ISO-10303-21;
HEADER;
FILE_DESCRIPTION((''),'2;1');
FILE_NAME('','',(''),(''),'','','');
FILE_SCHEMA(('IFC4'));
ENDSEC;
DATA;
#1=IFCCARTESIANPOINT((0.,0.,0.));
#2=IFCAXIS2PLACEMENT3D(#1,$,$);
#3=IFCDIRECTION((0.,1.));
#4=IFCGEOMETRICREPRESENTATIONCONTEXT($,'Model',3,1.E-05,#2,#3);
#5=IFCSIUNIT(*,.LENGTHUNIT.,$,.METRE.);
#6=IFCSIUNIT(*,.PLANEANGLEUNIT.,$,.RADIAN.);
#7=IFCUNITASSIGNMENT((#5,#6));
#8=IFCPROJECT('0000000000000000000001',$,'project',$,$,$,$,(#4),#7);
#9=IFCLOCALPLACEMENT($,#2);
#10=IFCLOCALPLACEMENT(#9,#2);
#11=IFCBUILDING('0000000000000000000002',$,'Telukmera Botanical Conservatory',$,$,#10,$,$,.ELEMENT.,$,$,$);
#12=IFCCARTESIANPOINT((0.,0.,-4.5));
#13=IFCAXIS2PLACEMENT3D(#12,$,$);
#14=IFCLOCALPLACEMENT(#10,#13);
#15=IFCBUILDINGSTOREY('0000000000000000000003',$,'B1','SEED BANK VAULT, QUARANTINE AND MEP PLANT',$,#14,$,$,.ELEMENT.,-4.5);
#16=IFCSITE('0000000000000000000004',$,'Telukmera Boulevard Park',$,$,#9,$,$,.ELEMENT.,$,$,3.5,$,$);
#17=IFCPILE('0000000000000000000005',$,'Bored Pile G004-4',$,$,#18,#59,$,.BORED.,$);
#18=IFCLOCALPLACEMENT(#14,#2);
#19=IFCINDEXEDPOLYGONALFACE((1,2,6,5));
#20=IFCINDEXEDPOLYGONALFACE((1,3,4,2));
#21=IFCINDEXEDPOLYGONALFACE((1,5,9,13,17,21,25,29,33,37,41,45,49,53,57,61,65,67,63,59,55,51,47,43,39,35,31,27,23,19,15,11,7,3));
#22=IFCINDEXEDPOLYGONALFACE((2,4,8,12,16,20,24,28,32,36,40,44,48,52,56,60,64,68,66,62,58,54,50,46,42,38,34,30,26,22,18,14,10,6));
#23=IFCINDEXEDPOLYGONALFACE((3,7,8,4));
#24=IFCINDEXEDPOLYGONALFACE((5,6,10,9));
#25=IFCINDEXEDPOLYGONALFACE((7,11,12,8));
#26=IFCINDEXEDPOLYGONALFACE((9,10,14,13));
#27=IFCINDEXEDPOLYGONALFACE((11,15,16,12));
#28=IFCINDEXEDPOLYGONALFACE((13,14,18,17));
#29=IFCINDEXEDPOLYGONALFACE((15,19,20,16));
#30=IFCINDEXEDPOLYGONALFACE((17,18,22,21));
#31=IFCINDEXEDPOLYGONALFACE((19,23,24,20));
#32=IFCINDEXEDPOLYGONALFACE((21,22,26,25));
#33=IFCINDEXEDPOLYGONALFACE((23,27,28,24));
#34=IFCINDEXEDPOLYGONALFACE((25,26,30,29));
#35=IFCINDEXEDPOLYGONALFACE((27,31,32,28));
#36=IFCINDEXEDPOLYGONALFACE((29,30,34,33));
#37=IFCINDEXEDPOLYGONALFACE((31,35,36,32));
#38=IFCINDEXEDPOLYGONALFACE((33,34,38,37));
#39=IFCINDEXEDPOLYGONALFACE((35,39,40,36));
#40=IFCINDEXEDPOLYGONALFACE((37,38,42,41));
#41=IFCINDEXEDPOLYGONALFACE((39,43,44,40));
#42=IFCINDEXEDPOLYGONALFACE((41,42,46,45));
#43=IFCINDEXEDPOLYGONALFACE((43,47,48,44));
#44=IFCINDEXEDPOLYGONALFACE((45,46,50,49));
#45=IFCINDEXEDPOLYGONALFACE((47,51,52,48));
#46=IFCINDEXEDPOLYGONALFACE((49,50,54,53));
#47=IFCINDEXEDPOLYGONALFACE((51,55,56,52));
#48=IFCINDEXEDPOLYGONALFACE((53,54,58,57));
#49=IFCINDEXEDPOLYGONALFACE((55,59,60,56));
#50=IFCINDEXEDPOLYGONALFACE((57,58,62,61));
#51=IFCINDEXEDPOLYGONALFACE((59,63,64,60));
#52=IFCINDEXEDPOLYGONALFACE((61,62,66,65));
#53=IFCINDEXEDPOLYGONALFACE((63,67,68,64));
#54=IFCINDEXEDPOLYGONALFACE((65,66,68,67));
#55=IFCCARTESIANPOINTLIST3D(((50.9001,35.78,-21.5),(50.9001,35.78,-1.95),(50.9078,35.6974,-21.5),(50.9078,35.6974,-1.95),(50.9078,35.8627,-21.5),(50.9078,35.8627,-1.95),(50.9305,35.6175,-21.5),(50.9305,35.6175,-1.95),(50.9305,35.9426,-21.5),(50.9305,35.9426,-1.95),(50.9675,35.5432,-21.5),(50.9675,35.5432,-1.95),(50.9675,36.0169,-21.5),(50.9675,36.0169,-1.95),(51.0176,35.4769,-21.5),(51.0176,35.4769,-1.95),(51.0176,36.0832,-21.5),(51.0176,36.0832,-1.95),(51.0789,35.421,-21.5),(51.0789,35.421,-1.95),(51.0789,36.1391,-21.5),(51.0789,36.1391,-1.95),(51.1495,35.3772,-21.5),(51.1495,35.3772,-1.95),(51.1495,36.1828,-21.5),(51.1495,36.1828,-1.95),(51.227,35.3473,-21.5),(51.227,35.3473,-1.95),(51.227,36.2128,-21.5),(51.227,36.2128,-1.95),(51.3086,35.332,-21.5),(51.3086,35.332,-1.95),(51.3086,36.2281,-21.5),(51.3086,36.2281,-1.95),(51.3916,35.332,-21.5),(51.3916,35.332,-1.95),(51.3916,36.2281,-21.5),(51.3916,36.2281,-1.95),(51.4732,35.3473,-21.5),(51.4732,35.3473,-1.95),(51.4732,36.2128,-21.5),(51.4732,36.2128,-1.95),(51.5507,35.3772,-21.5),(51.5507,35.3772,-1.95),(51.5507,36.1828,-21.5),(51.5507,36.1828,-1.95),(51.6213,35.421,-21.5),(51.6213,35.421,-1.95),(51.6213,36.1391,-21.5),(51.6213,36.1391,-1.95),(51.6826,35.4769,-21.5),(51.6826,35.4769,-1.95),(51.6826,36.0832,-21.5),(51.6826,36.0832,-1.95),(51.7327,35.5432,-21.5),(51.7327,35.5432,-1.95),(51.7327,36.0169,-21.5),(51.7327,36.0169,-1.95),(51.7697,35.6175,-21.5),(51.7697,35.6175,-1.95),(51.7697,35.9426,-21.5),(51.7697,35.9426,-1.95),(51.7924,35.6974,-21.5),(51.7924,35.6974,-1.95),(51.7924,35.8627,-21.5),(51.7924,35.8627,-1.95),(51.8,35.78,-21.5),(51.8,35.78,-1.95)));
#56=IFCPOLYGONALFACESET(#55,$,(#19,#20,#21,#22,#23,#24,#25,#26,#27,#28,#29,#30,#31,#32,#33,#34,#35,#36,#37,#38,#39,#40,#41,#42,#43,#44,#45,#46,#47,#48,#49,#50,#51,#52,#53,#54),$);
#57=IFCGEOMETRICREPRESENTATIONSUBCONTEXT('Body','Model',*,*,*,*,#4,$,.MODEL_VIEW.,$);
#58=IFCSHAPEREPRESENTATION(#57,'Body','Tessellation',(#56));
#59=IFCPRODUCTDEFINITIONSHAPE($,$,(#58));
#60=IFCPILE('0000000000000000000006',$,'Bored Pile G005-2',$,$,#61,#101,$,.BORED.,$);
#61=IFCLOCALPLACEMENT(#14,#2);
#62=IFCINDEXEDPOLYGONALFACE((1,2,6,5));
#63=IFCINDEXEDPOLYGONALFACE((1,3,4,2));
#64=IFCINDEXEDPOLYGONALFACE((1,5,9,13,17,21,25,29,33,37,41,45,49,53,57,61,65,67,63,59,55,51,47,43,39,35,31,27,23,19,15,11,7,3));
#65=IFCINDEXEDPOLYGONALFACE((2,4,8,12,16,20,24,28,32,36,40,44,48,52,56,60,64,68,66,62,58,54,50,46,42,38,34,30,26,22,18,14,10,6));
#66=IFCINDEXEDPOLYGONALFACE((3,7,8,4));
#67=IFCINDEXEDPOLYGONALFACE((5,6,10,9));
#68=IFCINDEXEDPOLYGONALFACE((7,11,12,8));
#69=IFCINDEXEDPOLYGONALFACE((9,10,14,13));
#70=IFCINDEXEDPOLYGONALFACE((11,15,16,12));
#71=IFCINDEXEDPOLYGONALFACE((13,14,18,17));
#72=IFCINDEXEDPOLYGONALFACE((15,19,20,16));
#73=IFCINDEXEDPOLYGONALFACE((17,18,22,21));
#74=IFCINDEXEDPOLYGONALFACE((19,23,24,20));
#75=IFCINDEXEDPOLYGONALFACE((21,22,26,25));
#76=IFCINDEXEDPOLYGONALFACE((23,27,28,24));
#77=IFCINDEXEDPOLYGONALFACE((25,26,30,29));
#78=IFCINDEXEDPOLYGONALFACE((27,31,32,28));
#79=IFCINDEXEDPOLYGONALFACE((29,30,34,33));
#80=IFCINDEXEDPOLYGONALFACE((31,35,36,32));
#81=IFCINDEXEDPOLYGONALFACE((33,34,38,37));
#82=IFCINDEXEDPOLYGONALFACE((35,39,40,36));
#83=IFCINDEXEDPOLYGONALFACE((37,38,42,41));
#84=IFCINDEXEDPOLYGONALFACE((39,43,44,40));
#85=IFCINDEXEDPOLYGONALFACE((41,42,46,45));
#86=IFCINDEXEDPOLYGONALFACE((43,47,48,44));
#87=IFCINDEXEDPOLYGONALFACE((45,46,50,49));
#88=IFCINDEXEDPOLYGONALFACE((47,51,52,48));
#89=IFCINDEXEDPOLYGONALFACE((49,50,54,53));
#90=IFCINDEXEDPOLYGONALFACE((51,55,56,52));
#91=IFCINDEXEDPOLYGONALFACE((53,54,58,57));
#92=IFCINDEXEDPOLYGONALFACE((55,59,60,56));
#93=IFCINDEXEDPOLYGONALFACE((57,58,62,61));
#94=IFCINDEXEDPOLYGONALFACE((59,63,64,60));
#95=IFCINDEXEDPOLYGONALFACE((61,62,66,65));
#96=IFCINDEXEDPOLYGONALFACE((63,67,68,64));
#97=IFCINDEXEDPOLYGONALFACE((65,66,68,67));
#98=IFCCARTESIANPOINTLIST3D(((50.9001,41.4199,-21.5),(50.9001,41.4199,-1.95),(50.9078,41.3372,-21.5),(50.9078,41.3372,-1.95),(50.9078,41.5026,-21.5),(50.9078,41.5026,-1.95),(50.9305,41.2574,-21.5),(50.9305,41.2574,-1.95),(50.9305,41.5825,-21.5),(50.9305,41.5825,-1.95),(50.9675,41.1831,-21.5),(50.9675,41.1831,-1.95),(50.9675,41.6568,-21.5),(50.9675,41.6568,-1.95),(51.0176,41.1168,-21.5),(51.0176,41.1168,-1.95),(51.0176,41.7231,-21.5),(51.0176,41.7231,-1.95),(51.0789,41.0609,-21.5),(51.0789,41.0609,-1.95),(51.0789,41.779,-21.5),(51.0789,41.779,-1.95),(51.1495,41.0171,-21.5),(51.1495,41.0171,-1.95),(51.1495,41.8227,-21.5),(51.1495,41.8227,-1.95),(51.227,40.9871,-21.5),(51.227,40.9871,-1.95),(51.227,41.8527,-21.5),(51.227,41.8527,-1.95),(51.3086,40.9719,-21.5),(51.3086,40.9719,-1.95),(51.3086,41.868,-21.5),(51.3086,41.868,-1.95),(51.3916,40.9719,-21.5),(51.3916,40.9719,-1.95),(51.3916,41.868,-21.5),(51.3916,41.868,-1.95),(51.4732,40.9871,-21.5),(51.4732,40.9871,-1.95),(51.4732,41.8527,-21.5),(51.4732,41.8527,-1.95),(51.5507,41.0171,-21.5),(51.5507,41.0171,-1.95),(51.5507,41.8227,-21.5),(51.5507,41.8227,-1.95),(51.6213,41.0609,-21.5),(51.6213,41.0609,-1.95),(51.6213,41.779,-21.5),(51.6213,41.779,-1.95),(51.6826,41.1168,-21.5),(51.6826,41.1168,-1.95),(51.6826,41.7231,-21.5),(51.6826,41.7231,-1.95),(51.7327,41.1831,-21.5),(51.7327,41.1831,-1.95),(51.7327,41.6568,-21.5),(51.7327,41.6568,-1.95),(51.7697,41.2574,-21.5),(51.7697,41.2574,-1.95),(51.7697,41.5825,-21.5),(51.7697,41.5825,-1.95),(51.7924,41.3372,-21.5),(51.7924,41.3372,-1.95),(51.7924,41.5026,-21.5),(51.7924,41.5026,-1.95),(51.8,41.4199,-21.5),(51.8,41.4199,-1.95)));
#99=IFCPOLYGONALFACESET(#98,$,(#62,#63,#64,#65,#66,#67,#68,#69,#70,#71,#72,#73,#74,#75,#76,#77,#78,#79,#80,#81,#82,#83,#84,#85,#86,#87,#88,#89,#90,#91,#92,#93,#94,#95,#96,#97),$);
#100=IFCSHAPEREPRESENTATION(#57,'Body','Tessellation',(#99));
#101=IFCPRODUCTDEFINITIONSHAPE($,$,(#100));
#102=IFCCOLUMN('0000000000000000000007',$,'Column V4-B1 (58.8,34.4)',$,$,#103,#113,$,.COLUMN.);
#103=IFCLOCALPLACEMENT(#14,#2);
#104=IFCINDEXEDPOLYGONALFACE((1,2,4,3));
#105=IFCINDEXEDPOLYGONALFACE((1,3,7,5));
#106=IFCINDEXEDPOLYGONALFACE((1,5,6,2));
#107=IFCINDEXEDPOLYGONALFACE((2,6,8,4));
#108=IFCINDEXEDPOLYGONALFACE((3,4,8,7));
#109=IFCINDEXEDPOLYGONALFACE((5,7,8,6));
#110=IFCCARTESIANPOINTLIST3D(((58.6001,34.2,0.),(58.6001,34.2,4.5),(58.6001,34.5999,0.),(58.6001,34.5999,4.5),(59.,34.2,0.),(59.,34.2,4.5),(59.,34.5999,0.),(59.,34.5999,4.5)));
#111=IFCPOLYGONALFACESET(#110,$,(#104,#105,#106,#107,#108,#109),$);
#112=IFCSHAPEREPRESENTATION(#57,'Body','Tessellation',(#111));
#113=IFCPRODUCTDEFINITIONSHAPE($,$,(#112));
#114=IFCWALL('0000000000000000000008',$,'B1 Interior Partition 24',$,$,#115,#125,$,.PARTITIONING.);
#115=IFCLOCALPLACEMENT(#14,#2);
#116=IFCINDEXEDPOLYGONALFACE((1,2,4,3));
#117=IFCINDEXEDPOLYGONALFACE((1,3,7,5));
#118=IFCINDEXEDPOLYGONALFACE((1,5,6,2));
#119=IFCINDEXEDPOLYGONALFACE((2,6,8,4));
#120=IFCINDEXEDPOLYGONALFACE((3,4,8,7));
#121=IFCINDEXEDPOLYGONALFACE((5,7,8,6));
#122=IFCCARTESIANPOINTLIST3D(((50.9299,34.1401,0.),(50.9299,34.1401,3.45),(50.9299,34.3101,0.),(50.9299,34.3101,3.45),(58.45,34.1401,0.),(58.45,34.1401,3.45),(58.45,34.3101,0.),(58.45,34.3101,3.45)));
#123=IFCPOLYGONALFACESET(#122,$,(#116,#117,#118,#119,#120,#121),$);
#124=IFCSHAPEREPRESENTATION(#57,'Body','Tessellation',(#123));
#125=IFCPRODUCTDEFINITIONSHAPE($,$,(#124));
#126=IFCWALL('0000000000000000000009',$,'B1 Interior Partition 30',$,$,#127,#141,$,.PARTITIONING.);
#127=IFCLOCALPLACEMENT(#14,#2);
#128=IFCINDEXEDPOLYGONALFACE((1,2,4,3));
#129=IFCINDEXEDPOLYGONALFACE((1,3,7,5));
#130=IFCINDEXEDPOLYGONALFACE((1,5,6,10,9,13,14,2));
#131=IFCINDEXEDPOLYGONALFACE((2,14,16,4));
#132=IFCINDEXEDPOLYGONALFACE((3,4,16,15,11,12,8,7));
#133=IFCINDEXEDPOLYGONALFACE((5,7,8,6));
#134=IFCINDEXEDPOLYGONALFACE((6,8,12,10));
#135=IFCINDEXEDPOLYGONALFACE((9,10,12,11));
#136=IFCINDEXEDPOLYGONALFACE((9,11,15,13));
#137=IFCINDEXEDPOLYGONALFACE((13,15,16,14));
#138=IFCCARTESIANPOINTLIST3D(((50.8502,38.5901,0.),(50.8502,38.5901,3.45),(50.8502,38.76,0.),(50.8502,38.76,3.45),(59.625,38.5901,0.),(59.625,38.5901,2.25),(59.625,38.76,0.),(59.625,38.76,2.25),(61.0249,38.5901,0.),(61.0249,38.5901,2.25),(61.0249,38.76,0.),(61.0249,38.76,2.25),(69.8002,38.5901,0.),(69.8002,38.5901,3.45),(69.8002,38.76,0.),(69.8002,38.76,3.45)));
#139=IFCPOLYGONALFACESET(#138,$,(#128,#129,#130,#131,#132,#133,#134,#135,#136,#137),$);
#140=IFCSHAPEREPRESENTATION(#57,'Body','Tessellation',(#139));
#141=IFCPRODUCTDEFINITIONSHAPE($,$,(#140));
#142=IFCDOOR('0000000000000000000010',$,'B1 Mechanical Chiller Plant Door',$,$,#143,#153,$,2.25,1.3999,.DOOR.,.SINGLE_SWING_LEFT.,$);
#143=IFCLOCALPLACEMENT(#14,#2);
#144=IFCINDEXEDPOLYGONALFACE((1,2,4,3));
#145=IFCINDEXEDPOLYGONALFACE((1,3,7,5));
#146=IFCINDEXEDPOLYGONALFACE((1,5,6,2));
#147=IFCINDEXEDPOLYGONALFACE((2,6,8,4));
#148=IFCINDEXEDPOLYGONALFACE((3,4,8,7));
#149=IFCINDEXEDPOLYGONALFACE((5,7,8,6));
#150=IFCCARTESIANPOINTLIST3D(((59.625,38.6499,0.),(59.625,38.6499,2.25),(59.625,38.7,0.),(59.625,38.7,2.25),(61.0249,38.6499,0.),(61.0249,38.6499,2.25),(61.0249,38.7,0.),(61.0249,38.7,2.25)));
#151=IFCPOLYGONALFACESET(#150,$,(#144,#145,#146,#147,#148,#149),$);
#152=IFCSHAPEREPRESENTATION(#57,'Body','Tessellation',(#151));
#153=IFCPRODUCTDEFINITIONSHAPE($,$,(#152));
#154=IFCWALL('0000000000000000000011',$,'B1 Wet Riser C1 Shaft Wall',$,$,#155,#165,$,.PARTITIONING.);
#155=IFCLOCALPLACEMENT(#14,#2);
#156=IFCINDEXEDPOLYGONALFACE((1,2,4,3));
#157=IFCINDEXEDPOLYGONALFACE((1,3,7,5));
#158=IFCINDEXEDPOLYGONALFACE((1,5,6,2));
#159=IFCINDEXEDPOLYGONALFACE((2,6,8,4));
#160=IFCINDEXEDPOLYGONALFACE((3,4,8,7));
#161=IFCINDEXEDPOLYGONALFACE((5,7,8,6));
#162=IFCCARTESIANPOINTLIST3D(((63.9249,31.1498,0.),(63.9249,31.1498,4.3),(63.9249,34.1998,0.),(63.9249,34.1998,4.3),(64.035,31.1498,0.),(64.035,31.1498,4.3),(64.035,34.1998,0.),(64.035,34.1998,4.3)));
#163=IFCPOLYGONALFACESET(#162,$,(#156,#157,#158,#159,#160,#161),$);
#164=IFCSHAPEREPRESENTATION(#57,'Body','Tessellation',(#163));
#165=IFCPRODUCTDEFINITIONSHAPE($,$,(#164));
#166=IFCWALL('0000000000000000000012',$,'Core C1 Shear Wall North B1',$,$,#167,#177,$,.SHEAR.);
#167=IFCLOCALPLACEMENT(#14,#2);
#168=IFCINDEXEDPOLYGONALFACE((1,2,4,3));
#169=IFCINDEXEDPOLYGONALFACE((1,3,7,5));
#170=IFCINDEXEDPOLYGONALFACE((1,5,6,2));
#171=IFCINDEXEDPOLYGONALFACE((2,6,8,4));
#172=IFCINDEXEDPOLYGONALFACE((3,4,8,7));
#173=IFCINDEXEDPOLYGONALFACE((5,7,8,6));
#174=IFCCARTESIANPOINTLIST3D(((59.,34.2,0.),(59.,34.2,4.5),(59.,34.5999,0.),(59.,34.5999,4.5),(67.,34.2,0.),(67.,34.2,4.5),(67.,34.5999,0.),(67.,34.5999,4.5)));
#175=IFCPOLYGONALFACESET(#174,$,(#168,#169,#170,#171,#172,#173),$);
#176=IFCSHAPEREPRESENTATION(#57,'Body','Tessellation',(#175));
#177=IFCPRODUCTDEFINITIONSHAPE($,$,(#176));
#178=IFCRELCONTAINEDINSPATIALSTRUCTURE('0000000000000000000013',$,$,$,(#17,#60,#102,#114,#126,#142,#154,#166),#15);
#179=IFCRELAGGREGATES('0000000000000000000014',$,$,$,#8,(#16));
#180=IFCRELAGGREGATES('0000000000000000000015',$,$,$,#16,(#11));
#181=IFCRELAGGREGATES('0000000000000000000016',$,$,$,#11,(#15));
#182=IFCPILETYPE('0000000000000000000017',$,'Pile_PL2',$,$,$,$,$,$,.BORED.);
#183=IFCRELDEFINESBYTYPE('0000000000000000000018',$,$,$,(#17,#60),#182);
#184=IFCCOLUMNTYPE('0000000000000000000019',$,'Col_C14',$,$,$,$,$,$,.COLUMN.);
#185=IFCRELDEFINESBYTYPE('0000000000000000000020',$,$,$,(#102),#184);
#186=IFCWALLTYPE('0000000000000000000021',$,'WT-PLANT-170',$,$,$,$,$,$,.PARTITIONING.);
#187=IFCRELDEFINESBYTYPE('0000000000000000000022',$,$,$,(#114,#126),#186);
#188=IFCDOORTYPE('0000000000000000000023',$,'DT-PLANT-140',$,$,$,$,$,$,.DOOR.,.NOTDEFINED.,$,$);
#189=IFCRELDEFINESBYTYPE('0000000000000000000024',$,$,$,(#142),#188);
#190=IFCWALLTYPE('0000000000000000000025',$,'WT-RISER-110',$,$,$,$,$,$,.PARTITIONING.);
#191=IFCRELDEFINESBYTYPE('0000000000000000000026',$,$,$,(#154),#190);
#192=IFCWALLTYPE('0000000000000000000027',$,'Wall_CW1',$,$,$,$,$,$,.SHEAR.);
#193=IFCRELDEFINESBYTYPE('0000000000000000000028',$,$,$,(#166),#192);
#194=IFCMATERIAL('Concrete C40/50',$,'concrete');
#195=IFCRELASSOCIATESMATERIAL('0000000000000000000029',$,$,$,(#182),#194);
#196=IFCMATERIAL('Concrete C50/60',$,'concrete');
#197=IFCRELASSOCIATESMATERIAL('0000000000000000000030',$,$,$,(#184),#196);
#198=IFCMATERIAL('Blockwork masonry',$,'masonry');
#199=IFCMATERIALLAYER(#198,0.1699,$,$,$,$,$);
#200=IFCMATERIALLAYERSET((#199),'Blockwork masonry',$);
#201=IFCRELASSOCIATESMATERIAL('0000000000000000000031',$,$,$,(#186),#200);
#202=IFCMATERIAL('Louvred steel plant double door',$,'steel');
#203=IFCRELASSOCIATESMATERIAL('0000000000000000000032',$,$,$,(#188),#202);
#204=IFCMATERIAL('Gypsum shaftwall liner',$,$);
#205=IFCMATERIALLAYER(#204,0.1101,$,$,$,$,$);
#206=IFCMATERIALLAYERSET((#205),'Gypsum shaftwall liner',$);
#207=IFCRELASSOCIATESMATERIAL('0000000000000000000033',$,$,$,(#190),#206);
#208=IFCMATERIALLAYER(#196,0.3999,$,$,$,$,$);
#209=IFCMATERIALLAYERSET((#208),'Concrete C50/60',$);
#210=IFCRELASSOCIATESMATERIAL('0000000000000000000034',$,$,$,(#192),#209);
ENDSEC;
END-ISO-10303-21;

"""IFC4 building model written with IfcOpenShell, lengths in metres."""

from ifc_helpers import new_model, si_unit, direction, frame, frame_2d, origin, origin_2d, place, context, subcontext, project, spatial, rectangle, circle, extrude, material, layer, layer_set, material_profile, profile_set, type_object, element, fill, save


model = new_model("IFC4")

# Units and contexts
model_context = context("Model", 3, precision=1e-05, world=origin(), true_north=direction((0.0, 1.0)))
body_context = subcontext(model_context, "Body", "Model", "MODEL_VIEW")
ifc_project = project(units=[si_unit("LENGTHUNIT", "METRE"), si_unit("PLANEANGLEUNIT", "RADIAN")], contexts=[model_context])

# Site, building, storey
site_placement = place(None, origin())
site = spatial("IfcSite", under=ifc_project, at=site_placement, Name="Telukmera Boulevard Park", CompositionType="ELEMENT", RefElevation=3.5)
building_placement = place(site_placement, origin())
building = spatial("IfcBuilding", under=site, at=building_placement, Name="Telukmera Botanical Conservatory", CompositionType="ELEMENT")
storey_placement = place(building_placement, frame((0.0, 0.0, -4.5)))
storey = spatial("IfcBuildingStorey", under=building, at=storey_placement, Name="B1", Description="SEED BANK VAULT, QUARANTINE AND MEP PLANT", CompositionType="ELEMENT", Elevation=-4.5)

# Shared definitions
ifc_material_1 = material(Name="Concrete C40/50", Category="concrete")

# Piles
ifc_material_profile_1 = material_profile(ifc_material_1, circle(Radius=0.45, at=origin_2d()), Name="PILE D900")
ifc_profile_set_1 = profile_set([ifc_material_profile_1], Name="Concrete C40/50")
pile_type_1 = type_object("IfcPileType", Name="Pile_PL2", PredefinedType="BORED", material=ifc_profile_set_1)
for number, where, z_axis, x_axis, name in (
    (1, (51.3501, 35.78, -1.95), (0.0, 0.0, -1.0), (1.0, 0.0, 0.0), "Bored Pile G004-4"),
    (2, (51.3501, 41.4199, -1.95), (0.0, 0.0, -1.0), (1.0, 0.0, 0.0), "Bored Pile G005-2"),
):
    element("IfcPile", number, at=place(storey_placement, frame(where, z_axis=z_axis, x_axis=x_axis)), inside=storey, type_object=pile_type_1, Name=name, PredefinedType="BORED", context=body_context, shape_type="SweptSolid", body=[
        extrude(circle(Radius=0.45, at=origin_2d()), origin(), (0.0, 0.0, 1.0), 19.55),
    ])

# Column
ifc_material_2 = material(Name="Concrete C50/60", Category="concrete")
ifc_material_profile_2 = material_profile(ifc_material_2, rectangle(XDim=0.3999, YDim=0.3999, at=origin_2d()), Name="RC 400x400")
ifc_profile_set_2 = profile_set([ifc_material_profile_2], Name="Concrete C50/60")
column_type = type_object("IfcColumnType", Name="Col_C14", PredefinedType="COLUMN", material=ifc_profile_set_2)
column_placement = place(storey_placement, frame((58.8, 34.3999, 0.0), z_axis=(0.0, 0.0, 1.0), x_axis=(1.0, 0.0, 0.0)))
element("IfcColumn", 3, at=column_placement, inside=storey, type_object=column_type, Name="Column V4-B1 (58.8,34.4)", PredefinedType="COLUMN", context=body_context, shape_type="SweptSolid", body=[
    extrude(rectangle(XDim=0.3999, YDim=0.3999, at=origin_2d()), origin(), (0.0, 0.0, 1.0), 4.5),
])

# Wall
ifc_material_3 = material(Name="Blockwork masonry", Category="masonry")
ifc_layer_1 = layer(ifc_material_3, 0.1699)
ifc_layer_set_1 = layer_set([ifc_layer_1], Name="Blockwork masonry")
wall_type_1 = type_object("IfcWallType", Name="WT-PLANT-170", PredefinedType="PARTITIONING", material=ifc_layer_set_1)
wall_1_placement = place(storey_placement, frame((50.9299, 34.2251, 0.0), z_axis=(0.0, 0.0, 1.0), x_axis=(1.0, 0.0, 0.0)))
element("IfcWall", 4, at=wall_1_placement, inside=storey, type_object=wall_type_1, Name="B1 Interior Partition 24", PredefinedType="PARTITIONING", context=body_context, shape_type="SweptSolid", body=[
    extrude(rectangle(XDim=7.52, YDim=0.1699, at=frame_2d((3.76, 0.0))), origin(), (0.0, 0.0, 1.0), 3.45),
])

# Wall, opening, door
wall_2_placement = place(storey_placement, frame((50.8501, 38.675, 0.0), z_axis=(0.0, 0.0, 1.0), x_axis=(1.0, 0.0, 0.0)))
wall_2 = element("IfcWall", 5, at=wall_2_placement, inside=storey, type_object=wall_type_1, Name="B1 Interior Partition 30", PredefinedType="PARTITIONING", context=body_context, shape_type="SweptSolid", body=[
    extrude(rectangle(XDim=18.95, YDim=0.1699, at=frame_2d((9.4751, 0.0))), origin(), (0.0, 0.0, 1.0), 3.45),
])
opening_1_placement = place(wall_2_placement, frame((8.7749, 0.0, 0.0)))
opening_1 = element("IfcOpeningElement", 6, at=opening_1_placement, cuts=wall_2, PredefinedType="OPENING", context=body_context, shape_type="SweptSolid", body=[
    extrude(rectangle(XDim=1.3999, YDim=2.25, at=frame_2d((0.7, 1.125))), frame((0.0, 0.095, 0.0), z_axis=(0.0, -1.0, 0.0), x_axis=(1.0, 0.0, 0.0)), (0.0, 0.0, 1.0), 0.1899),
])
ifc_material_4 = material(Name="Louvred steel plant double door", Category="steel")
door_type_1 = type_object("IfcDoorType", Name="DT-PLANT-140", OperationType="NOTDEFINED", PredefinedType="DOOR", material=ifc_material_4)
door_1_placement = place(opening_1_placement, origin())
door_1 = element("IfcDoor", 7, at=door_1_placement, inside=storey, type_object=door_type_1, Name="B1 Mechanical Chiller Plant Door", OperationType="SINGLE_SWING_LEFT", OverallHeight=2.25, OverallWidth=1.3999, PredefinedType="DOOR", context=body_context, shape_type="SweptSolid", body=[
    extrude(rectangle(XDim=1.3999, YDim=2.25, at=frame_2d((0.7, 1.125))), frame((0.0, 0.0249, 0.0), z_axis=(0.0, -1.0, 0.0), x_axis=(1.0, 0.0, 0.0)), (0.0, 0.0, 1.0), 0.05),
])
fill(opening_1, door_1)

# Walls
ifc_material_5 = material(Name="Gypsum shaftwall liner")
ifc_layer_2 = layer(ifc_material_5, 0.1101)
ifc_layer_set_2 = layer_set([ifc_layer_2], Name="Gypsum shaftwall liner")
wall_type_2 = type_object("IfcWallType", Name="WT-RISER-110", PredefinedType="PARTITIONING", material=ifc_layer_set_2)
wall_3_placement = place(storey_placement, frame((63.98, 31.1499, 0.0), z_axis=(0.0, 0.0, 1.0), x_axis=(0.0, 1.0, 0.0)))
element("IfcWall", 8, at=wall_3_placement, inside=storey, type_object=wall_type_2, Name="B1 Wet Riser C1 Shaft Wall", PredefinedType="PARTITIONING", context=body_context, shape_type="SweptSolid", body=[
    extrude(rectangle(XDim=3.05, YDim=0.1101, at=frame_2d((1.5249, 0.0))), origin(), (0.0, 0.0, 1.0), 4.3),
])
ifc_layer_3 = layer(ifc_material_2, 0.3999)
ifc_layer_set_3 = layer_set([ifc_layer_3], Name="Concrete C50/60")
wall_type_3 = type_object("IfcWallType", Name="Wall_CW1", PredefinedType="SHEAR", material=ifc_layer_set_3)
wall_4_placement = place(storey_placement, frame((59.0, 34.3999, 0.0), z_axis=(0.0, 0.0, 1.0), x_axis=(1.0, 0.0, 0.0)))
element("IfcWall", 9, at=wall_4_placement, inside=storey, type_object=wall_type_3, Name="Core C1 Shear Wall North B1", PredefinedType="SHEAR", context=body_context, shape_type="SweptSolid", body=[
    extrude(rectangle(XDim=8.0, YDim=0.3999, at=frame_2d((4.0, 0.0))), origin(), (0.0, 0.0, 1.0), 4.5),
])

save(model, "model.ifc")
